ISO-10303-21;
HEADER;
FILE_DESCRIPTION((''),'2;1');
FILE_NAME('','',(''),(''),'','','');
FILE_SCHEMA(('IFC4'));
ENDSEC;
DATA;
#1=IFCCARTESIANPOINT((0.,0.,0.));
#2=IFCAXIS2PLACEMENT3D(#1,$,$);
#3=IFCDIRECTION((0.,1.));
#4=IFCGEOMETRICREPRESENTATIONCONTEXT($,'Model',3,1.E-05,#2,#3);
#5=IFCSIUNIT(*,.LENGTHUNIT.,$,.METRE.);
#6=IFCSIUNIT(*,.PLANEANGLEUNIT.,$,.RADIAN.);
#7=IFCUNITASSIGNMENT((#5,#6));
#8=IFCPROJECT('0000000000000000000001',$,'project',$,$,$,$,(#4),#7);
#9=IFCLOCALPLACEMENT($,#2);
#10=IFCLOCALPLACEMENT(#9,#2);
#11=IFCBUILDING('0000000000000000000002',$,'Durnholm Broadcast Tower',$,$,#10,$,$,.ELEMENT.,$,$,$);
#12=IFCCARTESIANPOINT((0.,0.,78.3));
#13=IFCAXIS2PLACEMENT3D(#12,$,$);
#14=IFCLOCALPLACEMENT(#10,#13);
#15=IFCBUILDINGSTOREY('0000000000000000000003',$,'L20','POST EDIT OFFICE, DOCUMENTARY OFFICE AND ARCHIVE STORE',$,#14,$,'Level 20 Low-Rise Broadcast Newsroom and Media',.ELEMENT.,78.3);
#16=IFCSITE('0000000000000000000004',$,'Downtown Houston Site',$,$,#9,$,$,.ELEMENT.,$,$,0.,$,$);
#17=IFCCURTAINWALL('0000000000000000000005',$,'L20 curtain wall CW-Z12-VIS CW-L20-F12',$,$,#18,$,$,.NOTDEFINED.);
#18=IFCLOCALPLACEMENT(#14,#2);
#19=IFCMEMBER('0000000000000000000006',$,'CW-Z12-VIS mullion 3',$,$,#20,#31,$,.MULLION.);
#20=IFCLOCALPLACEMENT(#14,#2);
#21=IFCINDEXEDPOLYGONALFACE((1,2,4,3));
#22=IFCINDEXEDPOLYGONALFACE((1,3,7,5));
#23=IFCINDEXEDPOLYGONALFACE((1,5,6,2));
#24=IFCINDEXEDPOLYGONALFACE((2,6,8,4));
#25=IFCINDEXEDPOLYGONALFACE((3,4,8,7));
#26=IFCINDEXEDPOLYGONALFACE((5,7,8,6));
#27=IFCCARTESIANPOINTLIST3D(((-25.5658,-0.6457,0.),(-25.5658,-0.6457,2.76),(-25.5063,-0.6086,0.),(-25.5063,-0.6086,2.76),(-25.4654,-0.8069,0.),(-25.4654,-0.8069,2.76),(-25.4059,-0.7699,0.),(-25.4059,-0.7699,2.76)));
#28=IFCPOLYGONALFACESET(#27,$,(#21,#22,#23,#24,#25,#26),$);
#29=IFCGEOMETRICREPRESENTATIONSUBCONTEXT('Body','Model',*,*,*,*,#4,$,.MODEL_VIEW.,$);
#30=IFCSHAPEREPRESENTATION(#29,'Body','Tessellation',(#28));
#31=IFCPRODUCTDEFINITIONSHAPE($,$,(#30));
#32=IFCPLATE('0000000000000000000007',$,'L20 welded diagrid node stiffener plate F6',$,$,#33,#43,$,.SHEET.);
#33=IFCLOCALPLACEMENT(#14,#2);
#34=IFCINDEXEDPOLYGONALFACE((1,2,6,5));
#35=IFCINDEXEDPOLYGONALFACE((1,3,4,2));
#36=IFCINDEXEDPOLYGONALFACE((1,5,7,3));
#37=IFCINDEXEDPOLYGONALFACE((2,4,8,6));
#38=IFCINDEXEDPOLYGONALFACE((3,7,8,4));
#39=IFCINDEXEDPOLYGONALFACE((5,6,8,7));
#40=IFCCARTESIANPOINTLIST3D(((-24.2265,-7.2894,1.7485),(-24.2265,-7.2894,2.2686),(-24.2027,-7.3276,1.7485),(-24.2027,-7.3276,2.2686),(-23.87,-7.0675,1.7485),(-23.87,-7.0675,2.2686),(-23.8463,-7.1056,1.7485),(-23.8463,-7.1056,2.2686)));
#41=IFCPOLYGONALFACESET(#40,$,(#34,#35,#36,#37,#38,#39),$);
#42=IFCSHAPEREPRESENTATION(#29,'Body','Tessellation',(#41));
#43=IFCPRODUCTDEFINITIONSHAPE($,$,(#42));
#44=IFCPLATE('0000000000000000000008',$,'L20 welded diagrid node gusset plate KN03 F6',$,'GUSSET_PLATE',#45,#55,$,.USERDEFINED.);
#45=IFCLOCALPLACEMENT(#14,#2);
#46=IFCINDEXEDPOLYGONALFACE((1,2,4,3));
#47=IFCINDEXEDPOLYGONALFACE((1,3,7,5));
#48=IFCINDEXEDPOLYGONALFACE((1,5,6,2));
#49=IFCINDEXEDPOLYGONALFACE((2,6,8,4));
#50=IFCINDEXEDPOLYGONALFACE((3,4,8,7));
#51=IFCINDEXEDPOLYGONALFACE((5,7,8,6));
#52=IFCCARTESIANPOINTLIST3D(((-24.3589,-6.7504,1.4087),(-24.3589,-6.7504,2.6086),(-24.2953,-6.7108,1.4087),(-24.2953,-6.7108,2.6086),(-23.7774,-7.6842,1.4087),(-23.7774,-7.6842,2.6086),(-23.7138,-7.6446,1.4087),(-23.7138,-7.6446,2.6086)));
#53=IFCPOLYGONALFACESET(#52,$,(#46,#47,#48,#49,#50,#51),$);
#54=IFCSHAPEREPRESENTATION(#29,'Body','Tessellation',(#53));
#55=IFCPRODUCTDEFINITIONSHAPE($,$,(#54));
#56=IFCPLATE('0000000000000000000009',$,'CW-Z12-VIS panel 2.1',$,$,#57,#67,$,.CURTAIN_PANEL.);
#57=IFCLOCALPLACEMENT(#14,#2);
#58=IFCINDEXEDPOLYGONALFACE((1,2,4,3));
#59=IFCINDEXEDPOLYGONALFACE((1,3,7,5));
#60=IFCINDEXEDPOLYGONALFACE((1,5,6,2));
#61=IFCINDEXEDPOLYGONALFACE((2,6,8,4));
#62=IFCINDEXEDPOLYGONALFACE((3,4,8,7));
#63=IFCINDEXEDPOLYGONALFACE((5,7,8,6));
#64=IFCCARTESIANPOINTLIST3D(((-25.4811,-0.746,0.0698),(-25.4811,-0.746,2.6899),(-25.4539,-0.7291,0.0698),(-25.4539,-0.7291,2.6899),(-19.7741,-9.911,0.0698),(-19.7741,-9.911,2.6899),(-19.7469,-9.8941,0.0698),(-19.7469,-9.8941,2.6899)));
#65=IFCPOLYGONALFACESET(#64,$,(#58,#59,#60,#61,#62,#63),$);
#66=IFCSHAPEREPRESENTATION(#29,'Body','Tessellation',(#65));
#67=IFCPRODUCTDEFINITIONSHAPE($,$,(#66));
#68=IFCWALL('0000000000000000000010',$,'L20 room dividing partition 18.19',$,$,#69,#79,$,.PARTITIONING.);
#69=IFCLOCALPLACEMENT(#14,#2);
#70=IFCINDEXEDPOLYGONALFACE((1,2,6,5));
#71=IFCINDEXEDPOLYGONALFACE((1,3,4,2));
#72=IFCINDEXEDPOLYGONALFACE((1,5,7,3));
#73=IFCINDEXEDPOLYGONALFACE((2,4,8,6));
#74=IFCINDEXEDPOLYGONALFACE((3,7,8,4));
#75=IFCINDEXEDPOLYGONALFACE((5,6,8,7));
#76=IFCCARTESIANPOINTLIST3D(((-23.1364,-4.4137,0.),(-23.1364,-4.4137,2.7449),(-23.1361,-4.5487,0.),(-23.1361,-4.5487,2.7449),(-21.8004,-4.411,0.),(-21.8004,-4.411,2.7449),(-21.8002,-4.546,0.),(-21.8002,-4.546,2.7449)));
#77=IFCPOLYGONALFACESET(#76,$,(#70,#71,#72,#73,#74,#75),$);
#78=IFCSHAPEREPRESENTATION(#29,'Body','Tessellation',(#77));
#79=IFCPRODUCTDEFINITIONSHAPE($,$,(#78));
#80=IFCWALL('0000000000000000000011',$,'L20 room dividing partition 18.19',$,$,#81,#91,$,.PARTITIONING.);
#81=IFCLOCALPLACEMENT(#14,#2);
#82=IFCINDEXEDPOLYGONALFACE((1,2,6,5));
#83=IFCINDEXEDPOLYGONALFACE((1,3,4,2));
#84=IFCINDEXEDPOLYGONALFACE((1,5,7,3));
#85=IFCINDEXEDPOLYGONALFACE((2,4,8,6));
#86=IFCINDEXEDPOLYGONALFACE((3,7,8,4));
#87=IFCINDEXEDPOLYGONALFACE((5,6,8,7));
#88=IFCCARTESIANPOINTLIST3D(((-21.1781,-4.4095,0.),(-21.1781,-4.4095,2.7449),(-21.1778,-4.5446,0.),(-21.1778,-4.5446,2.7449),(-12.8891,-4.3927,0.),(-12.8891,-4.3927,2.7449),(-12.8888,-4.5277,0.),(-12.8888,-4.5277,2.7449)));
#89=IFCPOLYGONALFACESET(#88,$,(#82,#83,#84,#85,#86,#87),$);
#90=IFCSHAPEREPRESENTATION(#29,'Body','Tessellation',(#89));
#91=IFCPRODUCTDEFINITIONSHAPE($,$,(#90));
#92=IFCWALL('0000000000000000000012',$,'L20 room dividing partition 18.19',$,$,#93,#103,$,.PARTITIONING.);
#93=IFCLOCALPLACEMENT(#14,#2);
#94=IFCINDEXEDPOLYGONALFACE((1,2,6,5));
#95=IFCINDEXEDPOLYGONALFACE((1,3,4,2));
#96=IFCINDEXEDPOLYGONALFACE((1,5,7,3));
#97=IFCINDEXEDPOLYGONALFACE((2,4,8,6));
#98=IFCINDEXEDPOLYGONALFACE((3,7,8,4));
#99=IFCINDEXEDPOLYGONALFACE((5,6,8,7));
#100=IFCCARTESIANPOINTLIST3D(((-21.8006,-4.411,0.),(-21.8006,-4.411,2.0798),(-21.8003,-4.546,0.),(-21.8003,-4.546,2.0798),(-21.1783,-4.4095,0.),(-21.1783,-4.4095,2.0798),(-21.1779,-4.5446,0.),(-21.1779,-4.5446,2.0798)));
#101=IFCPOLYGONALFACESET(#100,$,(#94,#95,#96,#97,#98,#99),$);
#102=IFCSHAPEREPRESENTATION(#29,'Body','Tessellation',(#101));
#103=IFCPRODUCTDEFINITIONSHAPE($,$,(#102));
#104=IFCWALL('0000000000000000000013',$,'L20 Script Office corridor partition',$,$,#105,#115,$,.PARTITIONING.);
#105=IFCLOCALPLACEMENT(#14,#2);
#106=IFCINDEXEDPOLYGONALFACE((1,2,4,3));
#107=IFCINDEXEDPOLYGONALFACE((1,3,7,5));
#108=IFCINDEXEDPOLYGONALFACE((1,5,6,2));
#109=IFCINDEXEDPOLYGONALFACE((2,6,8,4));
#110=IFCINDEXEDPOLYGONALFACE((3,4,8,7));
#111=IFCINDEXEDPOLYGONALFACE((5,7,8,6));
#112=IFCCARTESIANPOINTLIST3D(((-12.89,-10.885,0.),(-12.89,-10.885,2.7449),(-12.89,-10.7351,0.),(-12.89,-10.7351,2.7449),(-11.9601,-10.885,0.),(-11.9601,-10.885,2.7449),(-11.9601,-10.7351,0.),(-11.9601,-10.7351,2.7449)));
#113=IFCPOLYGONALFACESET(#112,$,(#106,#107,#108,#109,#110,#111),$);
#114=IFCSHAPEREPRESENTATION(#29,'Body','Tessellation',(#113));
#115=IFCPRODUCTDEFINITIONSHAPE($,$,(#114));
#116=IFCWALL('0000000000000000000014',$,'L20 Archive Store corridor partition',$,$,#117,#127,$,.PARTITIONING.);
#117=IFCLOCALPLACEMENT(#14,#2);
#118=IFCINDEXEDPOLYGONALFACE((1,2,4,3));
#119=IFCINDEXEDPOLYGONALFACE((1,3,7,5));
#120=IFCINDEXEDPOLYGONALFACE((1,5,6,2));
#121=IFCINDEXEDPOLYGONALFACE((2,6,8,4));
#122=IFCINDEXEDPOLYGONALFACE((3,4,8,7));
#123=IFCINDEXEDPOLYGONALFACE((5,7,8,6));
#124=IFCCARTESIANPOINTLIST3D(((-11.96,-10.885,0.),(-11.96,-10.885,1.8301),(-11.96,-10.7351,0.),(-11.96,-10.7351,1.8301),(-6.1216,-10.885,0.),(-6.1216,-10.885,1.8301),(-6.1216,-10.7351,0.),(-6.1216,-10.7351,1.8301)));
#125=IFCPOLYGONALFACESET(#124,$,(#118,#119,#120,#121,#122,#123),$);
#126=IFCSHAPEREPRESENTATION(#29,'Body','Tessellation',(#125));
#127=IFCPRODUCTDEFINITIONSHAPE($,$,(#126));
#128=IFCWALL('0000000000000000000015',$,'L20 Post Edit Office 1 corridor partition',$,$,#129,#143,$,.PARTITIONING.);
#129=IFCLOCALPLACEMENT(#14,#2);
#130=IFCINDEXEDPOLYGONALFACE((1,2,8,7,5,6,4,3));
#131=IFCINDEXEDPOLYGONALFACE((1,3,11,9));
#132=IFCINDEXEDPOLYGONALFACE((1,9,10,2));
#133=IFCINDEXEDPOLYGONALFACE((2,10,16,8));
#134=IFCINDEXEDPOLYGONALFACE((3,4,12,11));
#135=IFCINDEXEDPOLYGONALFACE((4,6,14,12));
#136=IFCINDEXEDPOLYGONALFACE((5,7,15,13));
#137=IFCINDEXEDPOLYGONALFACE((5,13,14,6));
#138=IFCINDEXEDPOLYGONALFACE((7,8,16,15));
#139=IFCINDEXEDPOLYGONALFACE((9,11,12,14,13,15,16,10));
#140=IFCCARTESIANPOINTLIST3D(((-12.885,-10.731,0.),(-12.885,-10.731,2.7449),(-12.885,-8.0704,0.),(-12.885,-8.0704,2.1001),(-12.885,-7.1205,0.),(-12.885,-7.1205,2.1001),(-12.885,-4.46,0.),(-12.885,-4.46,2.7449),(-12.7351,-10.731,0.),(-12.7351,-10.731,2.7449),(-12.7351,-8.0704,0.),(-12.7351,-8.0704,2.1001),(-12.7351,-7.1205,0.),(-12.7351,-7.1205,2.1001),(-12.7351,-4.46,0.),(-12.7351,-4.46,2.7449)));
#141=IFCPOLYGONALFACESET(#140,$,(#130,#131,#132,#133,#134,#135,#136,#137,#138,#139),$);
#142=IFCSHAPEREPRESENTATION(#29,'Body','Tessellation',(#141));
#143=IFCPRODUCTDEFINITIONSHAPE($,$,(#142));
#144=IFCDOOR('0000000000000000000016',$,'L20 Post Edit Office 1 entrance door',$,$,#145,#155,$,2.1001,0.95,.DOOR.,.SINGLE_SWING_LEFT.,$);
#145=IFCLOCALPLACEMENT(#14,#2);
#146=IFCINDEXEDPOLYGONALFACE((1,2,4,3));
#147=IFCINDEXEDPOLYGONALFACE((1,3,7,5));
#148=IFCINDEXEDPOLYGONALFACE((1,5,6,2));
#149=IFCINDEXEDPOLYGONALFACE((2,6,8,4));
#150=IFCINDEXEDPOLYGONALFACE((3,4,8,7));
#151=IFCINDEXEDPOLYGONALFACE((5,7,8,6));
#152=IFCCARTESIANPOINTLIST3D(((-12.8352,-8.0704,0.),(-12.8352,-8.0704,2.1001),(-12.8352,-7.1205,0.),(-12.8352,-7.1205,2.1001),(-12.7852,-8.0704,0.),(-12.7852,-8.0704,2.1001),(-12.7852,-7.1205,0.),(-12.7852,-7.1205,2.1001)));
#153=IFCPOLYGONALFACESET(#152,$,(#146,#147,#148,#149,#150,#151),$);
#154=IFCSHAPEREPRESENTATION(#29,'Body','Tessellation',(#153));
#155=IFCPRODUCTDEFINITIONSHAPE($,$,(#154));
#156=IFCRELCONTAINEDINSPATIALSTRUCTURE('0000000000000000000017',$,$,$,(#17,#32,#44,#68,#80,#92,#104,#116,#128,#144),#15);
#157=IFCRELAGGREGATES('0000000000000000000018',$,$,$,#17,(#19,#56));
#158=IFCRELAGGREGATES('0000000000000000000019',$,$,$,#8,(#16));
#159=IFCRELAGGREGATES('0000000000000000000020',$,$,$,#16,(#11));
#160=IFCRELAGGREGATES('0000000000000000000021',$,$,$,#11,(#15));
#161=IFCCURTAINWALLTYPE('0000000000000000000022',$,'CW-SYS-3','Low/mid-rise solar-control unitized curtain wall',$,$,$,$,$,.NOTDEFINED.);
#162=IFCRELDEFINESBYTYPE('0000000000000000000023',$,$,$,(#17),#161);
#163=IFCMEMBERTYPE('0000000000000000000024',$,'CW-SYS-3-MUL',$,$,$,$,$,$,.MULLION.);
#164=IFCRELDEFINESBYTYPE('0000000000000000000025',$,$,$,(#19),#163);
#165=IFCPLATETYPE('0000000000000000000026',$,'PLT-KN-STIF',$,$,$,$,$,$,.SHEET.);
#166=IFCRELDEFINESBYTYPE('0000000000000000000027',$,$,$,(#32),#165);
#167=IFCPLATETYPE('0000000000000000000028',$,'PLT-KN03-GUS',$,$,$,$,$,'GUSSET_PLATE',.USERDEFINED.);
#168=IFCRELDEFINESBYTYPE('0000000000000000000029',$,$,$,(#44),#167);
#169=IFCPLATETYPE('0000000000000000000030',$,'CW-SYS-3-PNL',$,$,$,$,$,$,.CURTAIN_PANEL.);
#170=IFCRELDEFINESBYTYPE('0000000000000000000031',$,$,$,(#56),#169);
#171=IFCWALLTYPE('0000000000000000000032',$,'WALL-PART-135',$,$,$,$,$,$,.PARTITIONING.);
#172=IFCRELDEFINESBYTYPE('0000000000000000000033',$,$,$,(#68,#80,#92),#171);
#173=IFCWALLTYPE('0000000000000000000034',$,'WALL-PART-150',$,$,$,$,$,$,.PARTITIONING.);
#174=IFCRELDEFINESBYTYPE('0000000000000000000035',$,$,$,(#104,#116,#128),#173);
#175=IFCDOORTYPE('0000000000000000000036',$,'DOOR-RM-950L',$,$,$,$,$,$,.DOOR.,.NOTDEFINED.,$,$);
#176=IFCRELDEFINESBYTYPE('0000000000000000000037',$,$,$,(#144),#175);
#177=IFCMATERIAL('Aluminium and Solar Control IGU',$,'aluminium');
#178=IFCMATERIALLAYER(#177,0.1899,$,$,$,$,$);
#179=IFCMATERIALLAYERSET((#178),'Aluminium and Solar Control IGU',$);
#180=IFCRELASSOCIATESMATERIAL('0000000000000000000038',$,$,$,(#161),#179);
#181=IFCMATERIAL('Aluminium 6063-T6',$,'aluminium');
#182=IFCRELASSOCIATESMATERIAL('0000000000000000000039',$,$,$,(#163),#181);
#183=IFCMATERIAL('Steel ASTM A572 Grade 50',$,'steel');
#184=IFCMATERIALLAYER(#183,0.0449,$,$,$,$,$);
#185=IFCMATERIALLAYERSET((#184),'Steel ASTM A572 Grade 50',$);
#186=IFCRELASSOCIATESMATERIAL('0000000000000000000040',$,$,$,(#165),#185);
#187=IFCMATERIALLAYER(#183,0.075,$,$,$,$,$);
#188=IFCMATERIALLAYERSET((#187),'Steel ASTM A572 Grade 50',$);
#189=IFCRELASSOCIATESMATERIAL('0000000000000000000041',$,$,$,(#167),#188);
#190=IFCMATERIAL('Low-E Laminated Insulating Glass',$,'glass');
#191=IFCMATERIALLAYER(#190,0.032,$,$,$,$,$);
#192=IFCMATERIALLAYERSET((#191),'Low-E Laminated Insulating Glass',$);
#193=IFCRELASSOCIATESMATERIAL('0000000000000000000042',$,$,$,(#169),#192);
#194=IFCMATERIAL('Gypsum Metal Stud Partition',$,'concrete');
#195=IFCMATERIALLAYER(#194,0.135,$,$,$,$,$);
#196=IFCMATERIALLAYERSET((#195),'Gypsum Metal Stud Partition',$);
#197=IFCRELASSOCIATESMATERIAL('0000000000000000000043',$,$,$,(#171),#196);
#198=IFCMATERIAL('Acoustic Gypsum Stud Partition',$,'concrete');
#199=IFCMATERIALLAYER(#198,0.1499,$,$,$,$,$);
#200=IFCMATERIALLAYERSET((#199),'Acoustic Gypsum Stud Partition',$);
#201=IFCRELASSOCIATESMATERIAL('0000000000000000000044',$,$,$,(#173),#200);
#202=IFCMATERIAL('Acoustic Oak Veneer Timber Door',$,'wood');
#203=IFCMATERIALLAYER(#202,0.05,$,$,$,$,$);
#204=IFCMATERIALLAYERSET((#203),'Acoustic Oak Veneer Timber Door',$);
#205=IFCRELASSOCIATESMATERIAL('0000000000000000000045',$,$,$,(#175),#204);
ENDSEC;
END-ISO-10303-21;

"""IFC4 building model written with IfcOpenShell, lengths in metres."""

from ifc_helpers import new_model, si_unit, direction, frame, frame_2d, origin, origin_2d, place, context, subcontext, project, spatial, rectangle, extrude, source, transform, mapped, material, layer, layer_set, material_profile, profile_set, type_object, type_shapes, element, fill, aggregate, save


model = new_model("IFC4")

# Units and contexts
model_context = context("Model", 3, precision=1e-05, world=origin(), true_north=direction((0.0, 1.0)))
body_context = subcontext(model_context, "Body", "Model", "MODEL_VIEW")
ifc_project = project(units=[si_unit("LENGTHUNIT", "METRE"), si_unit("PLANEANGLEUNIT", "RADIAN")], contexts=[model_context])

# Site, building, storey
site_placement = place(None, origin())
site = spatial("IfcSite", under=ifc_project, at=site_placement, Name="Downtown Houston Site", CompositionType="ELEMENT", RefElevation=0.0)
building_placement = place(site_placement, origin())
building = spatial("IfcBuilding", under=site, at=building_placement, Name="Durnholm Broadcast Tower", CompositionType="ELEMENT")
storey_placement = place(building_placement, frame((0.0, 0.0, 78.3)))
storey = spatial("IfcBuildingStorey", under=building, at=storey_placement, Name="L20", Description="POST EDIT OFFICE, DOCUMENTARY OFFICE AND ARCHIVE STORE", LongName="Level 20 Low-Rise Broadcast Newsroom and Media", CompositionType="ELEMENT", Elevation=78.3)

# Curtain wall
ifc_material_1 = material(Name="Aluminium and Solar Control IGU", Category="aluminium")
ifc_material_2 = material(Name="Aluminium 6063-T6", Category="aluminium")
ifc_layer_1 = layer(ifc_material_1, 0.1899)
ifc_layer_set_1 = layer_set([ifc_layer_1], Name="Aluminium and Solar Control IGU")
curtain_wall_type_1 = type_object("IfcCurtainWallType", Name="CW-SYS-3", Description="Low/mid-rise solar-control unitized curtain wall", PredefinedType="NOTDEFINED", material=ifc_layer_set_1)
curtain_wall_1_placement = place(storey_placement, origin())
curtain_wall_1 = element("IfcCurtainWall", 1, at=curtain_wall_1_placement, inside=storey, type_object=curtain_wall_type_1, Name="L20 curtain wall CW-Z12-VIS CW-L20-F12", PredefinedType="NOTDEFINED")

# Member
ifc_material_profile_1 = material_profile(ifc_material_2, rectangle(XDim=0.0701, YDim=0.1899, at=origin_2d()), Name="CWM70X190")
ifc_profile_set_1 = profile_set([ifc_material_profile_1], Name="Aluminium 6063-T6")
member_type_1 = type_object("IfcMemberType", Name="CW-SYS-3-MUL", PredefinedType="MULLION", material=ifc_profile_set_1)
shared_shape_1 = source(origin(), body_context, "Body", "SweptSolid", [
    extrude(rectangle(XDim=0.0701, YDim=0.1899, at=origin_2d()), origin(), (0.0, 0.0, 1.0), 2.76),
])
type_shapes(member_type_1, [shared_shape_1])
member_1_placement = place(storey_placement, frame((-25.4858, -0.7078, 0.0), z_axis=(0.0, 0.0, 1.0), x_axis=(-0.848876, -0.528592, 0.0)))
member_1 = element("IfcMember", 2, at=member_1_placement, type_object=member_type_1, Name="CW-Z12-VIS mullion 3", PredefinedType="MULLION", context=body_context, shape_type="MappedRepresentation", body=[
    mapped(shared_shape_1, transform((0.0, 0.0, 0.0), x_axis=(1.0, 0.0, 0.0), y_axis=(0.0, 1.0, 0.0), z_axis=(0.0, 0.0, 1.0), scale=1.0)),
])

# Plates
ifc_material_3 = material(Name="Steel ASTM A572 Grade 50", Category="steel")
ifc_layer_2 = layer(ifc_material_3, 0.0449)
ifc_layer_set_2 = layer_set([ifc_layer_2], Name="Steel ASTM A572 Grade 50")
plate_type_1 = type_object("IfcPlateType", Name="PLT-KN-STIF", PredefinedType="SHEET", material=ifc_layer_set_2)
shared_shape_2 = source(origin(), body_context, "Body", "SweptSolid", [
    extrude(rectangle(XDim=0.0449, YDim=0.4199, at=origin_2d()), origin(), (0.0, 0.0, 1.0), 0.52),
])
type_shapes(plate_type_1, [shared_shape_2])
plate_1_placement = place(storey_placement, frame((-24.0364, -7.1975, 1.7485), z_axis=(0.0, 0.0, 1.0), x_axis=(0.528587, -0.848879, 0.0)))
element("IfcPlate", 3, at=plate_1_placement, inside=storey, type_object=plate_type_1, Name="L20 welded diagrid node stiffener plate F6", PredefinedType="SHEET", context=body_context, shape_type="MappedRepresentation", body=[
    mapped(shared_shape_2, transform((0.0, 0.0, 0.0), x_axis=(1.0, 0.0, 0.0), y_axis=(0.0, 1.0, 0.0), z_axis=(0.0, 0.0, 1.0), scale=1.0)),
])
ifc_layer_3 = layer(ifc_material_3, 0.075)
ifc_layer_set_3 = layer_set([ifc_layer_3], Name="Steel ASTM A572 Grade 50")
plate_type_2 = type_object("IfcPlateType", Name="PLT-KN03-GUS", ElementType="GUSSET_PLATE", PredefinedType="USERDEFINED", material=ifc_layer_set_3)
shared_shape_3 = source(origin(), body_context, "Body", "SweptSolid", [
    extrude(rectangle(XDim=1.1001, YDim=0.075, at=origin_2d()), origin(), (0.0, 0.0, 1.0), 1.2),
])
type_shapes(plate_type_2, [shared_shape_3])
plate_2_placement = place(storey_placement, frame((-24.0364, -7.1975, 1.4087), z_axis=(0.0, 0.0, 1.0), x_axis=(0.528587, -0.848879, 0.0)))
element("IfcPlate", 4, at=plate_2_placement, inside=storey, type_object=plate_type_2, Name="L20 welded diagrid node gusset plate KN03 F6", ObjectType="GUSSET_PLATE", PredefinedType="USERDEFINED", context=body_context, shape_type="MappedRepresentation", body=[
    mapped(shared_shape_3, transform((0.0, 0.0, 0.0), x_axis=(1.0, 0.0, 0.0), y_axis=(0.0, 1.0, 0.0), z_axis=(0.0, 0.0, 1.0), scale=1.0)),
])

# Plate
ifc_material_4 = material(Name="Low-E Laminated Insulating Glass", Category="glass")
ifc_layer_4 = layer(ifc_material_4, 0.032)
ifc_layer_set_4 = layer_set([ifc_layer_4], Name="Low-E Laminated Insulating Glass")
plate_type_3 = type_object("IfcPlateType", Name="CW-SYS-3-PNL", PredefinedType="CURTAIN_PANEL", material=ifc_layer_set_4)
shared_shape_4 = source(origin(), body_context, "Body", "SweptSolid", [
    extrude(rectangle(XDim=10.7966, YDim=0.032, at=origin_2d()), origin(), (0.0, 0.0, 1.0), 2.6201),
])
type_shapes(plate_type_3, [shared_shape_4])
plate_3_placement = place(storey_placement, frame((-22.614, -5.3201, 0.0698), z_axis=(0.0, 0.0, 1.0), x_axis=(-0.528592, 0.848876, 0.0)))
plate_3 = element("IfcPlate", 5, at=plate_3_placement, type_object=plate_type_3, Name="CW-Z12-VIS panel 2.1", PredefinedType="CURTAIN_PANEL", context=body_context, shape_type="MappedRepresentation", body=[
    mapped(shared_shape_4, transform((0.0, 0.0, 0.0), x_axis=(1.0, 0.0, 0.0), y_axis=(0.0, 1.0, 0.0), z_axis=(0.0, 0.0, 1.0), scale=1.0)),
])
aggregate(curtain_wall_1, [member_1, plate_3])

# Walls
ifc_material_5 = material(Name="Gypsum Metal Stud Partition", Category="concrete")
ifc_layer_5 = layer(ifc_material_5, 0.135)
ifc_layer_set_5 = layer_set([ifc_layer_5], Name="Gypsum Metal Stud Partition")
wall_type_1 = type_object("IfcWallType", Name="WALL-PART-135", PredefinedType="PARTITIONING", material=ifc_layer_set_5)
wall_1_placement = place(storey_placement, frame((-23.1362, -4.4812, 0.0), z_axis=(0.0, 0.0, 1.0), x_axis=(0.999998, 0.00201, 0.0)))
element("IfcWall", 6, at=wall_1_placement, inside=storey, type_object=wall_type_1, Name="L20 room dividing partition 18.19", PredefinedType="PARTITIONING", context=body_context, shape_type="SweptSolid", body=[
    extrude(rectangle(XDim=1.3359, YDim=0.135, at=frame_2d((0.668, 0.0))), origin(), (0.0, 0.0, 1.0), 2.7449),
])
wall_2_placement = place(storey_placement, frame((-21.178, -4.4771, 0.0), z_axis=(0.0, 0.0, 1.0), x_axis=(0.999998, 0.002032, 0.0)))
element("IfcWall", 7, at=wall_2_placement, inside=storey, type_object=wall_type_1, Name="L20 room dividing partition 18.19", PredefinedType="PARTITIONING", context=body_context, shape_type="SweptSolid", body=[
    extrude(rectangle(XDim=8.2891, YDim=0.135, at=frame_2d((4.1445, 0.0))), origin(), (0.0, 0.0, 1.0), 2.7449),
])
wall_3_placement = place(storey_placement, frame((-21.8003, -4.4785, 0.0), z_axis=(0.0, 0.0, 1.0), x_axis=(0.999997, 0.002354, 0.0)))
element("IfcWall", 8, at=wall_3_placement, inside=storey, type_object=wall_type_1, Name="L20 room dividing partition 18.19", PredefinedType="PARTITIONING", context=body_context, shape_type="SweptSolid", body=[
    extrude(rectangle(XDim=0.6223, YDim=0.135, at=frame_2d((0.311, 0.0))), origin(), (0.0, 0.0, 1.0), 2.0798),
])
ifc_material_6 = material(Name="Acoustic Gypsum Stud Partition", Category="concrete")
ifc_layer_6 = layer(ifc_material_6, 0.1499)
ifc_layer_set_6 = layer_set([ifc_layer_6], Name="Acoustic Gypsum Stud Partition")
wall_type_2 = type_object("IfcWallType", Name="WALL-PART-150", PredefinedType="PARTITIONING", material=ifc_layer_set_6)
wall_4_placement = place(storey_placement, frame((-12.8899, -10.8101, 0.0), z_axis=(0.0, 0.0, 1.0), x_axis=(1.0, 0.0, 0.0)))
element("IfcWall", 9, at=wall_4_placement, inside=storey, type_object=wall_type_2, Name="L20 Script Office corridor partition", PredefinedType="PARTITIONING", context=body_context, shape_type="SweptSolid", body=[
    extrude(rectangle(XDim=0.9299, YDim=0.1499, at=frame_2d((0.4648, 0.0))), origin(), (0.0, 0.0, 1.0), 2.7449),
])
wall_5_placement = place(storey_placement, frame((-11.96, -10.8101, 0.0), z_axis=(0.0, 0.0, 1.0), x_axis=(1.0, 0.0, 0.0)))
element("IfcWall", 10, at=wall_5_placement, inside=storey, type_object=wall_type_2, Name="L20 Archive Store corridor partition", PredefinedType="PARTITIONING", context=body_context, shape_type="SweptSolid", body=[
    extrude(rectangle(XDim=5.8384, YDim=0.1499, at=frame_2d((2.9192, 0.0))), origin(), (0.0, 0.0, 1.0), 1.8301),
])

# Wall, opening, door
wall_6_placement = place(storey_placement, frame((-12.8101, -4.46, 0.0), z_axis=(0.0, 0.0, 1.0), x_axis=(0.0, -1.0, 0.0)))
wall_6 = element("IfcWall", 11, at=wall_6_placement, inside=storey, type_object=wall_type_2, Name="L20 Post Edit Office 1 corridor partition", PredefinedType="PARTITIONING", context=body_context, shape_type="SweptSolid", body=[
    extrude(rectangle(XDim=6.271, YDim=0.1499, at=frame_2d((3.1355, 0.0))), origin(), (0.0, 0.0, 1.0), 2.7449),
])
opening_placement = place(wall_6_placement, frame((2.6604, 0.0, 0.0)))
opening = element("IfcOpeningElement", 12, at=opening_placement, cuts=wall_6, PredefinedType="OPENING", context=body_context, shape_type="SweptSolid", body=[
    extrude(rectangle(XDim=0.95, YDim=2.1001, at=frame_2d((0.4751, 1.05))), frame((0.0, 0.085, 0.0), z_axis=(0.0, -1.0, 0.0), x_axis=(1.0, 0.0, 0.0)), (0.0, 0.0, 1.0), 0.1699),
])
ifc_material_7 = material(Name="Acoustic Oak Veneer Timber Door", Category="wood")
ifc_layer_7 = layer(ifc_material_7, 0.05)
ifc_layer_set_7 = layer_set([ifc_layer_7], Name="Acoustic Oak Veneer Timber Door")
door_type = type_object("IfcDoorType", Name="DOOR-RM-950L", OperationType="NOTDEFINED", PredefinedType="DOOR", material=ifc_layer_set_7)
shared_shape_5 = source(origin(), body_context, "Body", "SweptSolid", [
    extrude(rectangle(XDim=0.95, YDim=2.1001, at=frame_2d((0.4751, 1.05))), frame((0.0, 0.0249, 0.0), z_axis=(0.0, -1.0, 0.0), x_axis=(1.0, 0.0, 0.0)), (0.0, 0.0, 1.0), 0.05),
])
type_shapes(door_type, [shared_shape_5])
door_placement = place(opening_placement, origin())
door = element("IfcDoor", 13, at=door_placement, inside=storey, type_object=door_type, Name="L20 Post Edit Office 1 entrance door", OperationType="SINGLE_SWING_LEFT", OverallHeight=2.1001, OverallWidth=0.95, PredefinedType="DOOR", context=body_context, shape_type="MappedRepresentation", body=[
    mapped(shared_shape_5, transform((0.0, 0.0, 0.0), x_axis=(1.0, 0.0, 0.0), y_axis=(0.0, 1.0, 0.0), z_axis=(0.0, 0.0, 1.0), scale=1.0)),
])
fill(opening, door)

save(model, "model.ifc")
